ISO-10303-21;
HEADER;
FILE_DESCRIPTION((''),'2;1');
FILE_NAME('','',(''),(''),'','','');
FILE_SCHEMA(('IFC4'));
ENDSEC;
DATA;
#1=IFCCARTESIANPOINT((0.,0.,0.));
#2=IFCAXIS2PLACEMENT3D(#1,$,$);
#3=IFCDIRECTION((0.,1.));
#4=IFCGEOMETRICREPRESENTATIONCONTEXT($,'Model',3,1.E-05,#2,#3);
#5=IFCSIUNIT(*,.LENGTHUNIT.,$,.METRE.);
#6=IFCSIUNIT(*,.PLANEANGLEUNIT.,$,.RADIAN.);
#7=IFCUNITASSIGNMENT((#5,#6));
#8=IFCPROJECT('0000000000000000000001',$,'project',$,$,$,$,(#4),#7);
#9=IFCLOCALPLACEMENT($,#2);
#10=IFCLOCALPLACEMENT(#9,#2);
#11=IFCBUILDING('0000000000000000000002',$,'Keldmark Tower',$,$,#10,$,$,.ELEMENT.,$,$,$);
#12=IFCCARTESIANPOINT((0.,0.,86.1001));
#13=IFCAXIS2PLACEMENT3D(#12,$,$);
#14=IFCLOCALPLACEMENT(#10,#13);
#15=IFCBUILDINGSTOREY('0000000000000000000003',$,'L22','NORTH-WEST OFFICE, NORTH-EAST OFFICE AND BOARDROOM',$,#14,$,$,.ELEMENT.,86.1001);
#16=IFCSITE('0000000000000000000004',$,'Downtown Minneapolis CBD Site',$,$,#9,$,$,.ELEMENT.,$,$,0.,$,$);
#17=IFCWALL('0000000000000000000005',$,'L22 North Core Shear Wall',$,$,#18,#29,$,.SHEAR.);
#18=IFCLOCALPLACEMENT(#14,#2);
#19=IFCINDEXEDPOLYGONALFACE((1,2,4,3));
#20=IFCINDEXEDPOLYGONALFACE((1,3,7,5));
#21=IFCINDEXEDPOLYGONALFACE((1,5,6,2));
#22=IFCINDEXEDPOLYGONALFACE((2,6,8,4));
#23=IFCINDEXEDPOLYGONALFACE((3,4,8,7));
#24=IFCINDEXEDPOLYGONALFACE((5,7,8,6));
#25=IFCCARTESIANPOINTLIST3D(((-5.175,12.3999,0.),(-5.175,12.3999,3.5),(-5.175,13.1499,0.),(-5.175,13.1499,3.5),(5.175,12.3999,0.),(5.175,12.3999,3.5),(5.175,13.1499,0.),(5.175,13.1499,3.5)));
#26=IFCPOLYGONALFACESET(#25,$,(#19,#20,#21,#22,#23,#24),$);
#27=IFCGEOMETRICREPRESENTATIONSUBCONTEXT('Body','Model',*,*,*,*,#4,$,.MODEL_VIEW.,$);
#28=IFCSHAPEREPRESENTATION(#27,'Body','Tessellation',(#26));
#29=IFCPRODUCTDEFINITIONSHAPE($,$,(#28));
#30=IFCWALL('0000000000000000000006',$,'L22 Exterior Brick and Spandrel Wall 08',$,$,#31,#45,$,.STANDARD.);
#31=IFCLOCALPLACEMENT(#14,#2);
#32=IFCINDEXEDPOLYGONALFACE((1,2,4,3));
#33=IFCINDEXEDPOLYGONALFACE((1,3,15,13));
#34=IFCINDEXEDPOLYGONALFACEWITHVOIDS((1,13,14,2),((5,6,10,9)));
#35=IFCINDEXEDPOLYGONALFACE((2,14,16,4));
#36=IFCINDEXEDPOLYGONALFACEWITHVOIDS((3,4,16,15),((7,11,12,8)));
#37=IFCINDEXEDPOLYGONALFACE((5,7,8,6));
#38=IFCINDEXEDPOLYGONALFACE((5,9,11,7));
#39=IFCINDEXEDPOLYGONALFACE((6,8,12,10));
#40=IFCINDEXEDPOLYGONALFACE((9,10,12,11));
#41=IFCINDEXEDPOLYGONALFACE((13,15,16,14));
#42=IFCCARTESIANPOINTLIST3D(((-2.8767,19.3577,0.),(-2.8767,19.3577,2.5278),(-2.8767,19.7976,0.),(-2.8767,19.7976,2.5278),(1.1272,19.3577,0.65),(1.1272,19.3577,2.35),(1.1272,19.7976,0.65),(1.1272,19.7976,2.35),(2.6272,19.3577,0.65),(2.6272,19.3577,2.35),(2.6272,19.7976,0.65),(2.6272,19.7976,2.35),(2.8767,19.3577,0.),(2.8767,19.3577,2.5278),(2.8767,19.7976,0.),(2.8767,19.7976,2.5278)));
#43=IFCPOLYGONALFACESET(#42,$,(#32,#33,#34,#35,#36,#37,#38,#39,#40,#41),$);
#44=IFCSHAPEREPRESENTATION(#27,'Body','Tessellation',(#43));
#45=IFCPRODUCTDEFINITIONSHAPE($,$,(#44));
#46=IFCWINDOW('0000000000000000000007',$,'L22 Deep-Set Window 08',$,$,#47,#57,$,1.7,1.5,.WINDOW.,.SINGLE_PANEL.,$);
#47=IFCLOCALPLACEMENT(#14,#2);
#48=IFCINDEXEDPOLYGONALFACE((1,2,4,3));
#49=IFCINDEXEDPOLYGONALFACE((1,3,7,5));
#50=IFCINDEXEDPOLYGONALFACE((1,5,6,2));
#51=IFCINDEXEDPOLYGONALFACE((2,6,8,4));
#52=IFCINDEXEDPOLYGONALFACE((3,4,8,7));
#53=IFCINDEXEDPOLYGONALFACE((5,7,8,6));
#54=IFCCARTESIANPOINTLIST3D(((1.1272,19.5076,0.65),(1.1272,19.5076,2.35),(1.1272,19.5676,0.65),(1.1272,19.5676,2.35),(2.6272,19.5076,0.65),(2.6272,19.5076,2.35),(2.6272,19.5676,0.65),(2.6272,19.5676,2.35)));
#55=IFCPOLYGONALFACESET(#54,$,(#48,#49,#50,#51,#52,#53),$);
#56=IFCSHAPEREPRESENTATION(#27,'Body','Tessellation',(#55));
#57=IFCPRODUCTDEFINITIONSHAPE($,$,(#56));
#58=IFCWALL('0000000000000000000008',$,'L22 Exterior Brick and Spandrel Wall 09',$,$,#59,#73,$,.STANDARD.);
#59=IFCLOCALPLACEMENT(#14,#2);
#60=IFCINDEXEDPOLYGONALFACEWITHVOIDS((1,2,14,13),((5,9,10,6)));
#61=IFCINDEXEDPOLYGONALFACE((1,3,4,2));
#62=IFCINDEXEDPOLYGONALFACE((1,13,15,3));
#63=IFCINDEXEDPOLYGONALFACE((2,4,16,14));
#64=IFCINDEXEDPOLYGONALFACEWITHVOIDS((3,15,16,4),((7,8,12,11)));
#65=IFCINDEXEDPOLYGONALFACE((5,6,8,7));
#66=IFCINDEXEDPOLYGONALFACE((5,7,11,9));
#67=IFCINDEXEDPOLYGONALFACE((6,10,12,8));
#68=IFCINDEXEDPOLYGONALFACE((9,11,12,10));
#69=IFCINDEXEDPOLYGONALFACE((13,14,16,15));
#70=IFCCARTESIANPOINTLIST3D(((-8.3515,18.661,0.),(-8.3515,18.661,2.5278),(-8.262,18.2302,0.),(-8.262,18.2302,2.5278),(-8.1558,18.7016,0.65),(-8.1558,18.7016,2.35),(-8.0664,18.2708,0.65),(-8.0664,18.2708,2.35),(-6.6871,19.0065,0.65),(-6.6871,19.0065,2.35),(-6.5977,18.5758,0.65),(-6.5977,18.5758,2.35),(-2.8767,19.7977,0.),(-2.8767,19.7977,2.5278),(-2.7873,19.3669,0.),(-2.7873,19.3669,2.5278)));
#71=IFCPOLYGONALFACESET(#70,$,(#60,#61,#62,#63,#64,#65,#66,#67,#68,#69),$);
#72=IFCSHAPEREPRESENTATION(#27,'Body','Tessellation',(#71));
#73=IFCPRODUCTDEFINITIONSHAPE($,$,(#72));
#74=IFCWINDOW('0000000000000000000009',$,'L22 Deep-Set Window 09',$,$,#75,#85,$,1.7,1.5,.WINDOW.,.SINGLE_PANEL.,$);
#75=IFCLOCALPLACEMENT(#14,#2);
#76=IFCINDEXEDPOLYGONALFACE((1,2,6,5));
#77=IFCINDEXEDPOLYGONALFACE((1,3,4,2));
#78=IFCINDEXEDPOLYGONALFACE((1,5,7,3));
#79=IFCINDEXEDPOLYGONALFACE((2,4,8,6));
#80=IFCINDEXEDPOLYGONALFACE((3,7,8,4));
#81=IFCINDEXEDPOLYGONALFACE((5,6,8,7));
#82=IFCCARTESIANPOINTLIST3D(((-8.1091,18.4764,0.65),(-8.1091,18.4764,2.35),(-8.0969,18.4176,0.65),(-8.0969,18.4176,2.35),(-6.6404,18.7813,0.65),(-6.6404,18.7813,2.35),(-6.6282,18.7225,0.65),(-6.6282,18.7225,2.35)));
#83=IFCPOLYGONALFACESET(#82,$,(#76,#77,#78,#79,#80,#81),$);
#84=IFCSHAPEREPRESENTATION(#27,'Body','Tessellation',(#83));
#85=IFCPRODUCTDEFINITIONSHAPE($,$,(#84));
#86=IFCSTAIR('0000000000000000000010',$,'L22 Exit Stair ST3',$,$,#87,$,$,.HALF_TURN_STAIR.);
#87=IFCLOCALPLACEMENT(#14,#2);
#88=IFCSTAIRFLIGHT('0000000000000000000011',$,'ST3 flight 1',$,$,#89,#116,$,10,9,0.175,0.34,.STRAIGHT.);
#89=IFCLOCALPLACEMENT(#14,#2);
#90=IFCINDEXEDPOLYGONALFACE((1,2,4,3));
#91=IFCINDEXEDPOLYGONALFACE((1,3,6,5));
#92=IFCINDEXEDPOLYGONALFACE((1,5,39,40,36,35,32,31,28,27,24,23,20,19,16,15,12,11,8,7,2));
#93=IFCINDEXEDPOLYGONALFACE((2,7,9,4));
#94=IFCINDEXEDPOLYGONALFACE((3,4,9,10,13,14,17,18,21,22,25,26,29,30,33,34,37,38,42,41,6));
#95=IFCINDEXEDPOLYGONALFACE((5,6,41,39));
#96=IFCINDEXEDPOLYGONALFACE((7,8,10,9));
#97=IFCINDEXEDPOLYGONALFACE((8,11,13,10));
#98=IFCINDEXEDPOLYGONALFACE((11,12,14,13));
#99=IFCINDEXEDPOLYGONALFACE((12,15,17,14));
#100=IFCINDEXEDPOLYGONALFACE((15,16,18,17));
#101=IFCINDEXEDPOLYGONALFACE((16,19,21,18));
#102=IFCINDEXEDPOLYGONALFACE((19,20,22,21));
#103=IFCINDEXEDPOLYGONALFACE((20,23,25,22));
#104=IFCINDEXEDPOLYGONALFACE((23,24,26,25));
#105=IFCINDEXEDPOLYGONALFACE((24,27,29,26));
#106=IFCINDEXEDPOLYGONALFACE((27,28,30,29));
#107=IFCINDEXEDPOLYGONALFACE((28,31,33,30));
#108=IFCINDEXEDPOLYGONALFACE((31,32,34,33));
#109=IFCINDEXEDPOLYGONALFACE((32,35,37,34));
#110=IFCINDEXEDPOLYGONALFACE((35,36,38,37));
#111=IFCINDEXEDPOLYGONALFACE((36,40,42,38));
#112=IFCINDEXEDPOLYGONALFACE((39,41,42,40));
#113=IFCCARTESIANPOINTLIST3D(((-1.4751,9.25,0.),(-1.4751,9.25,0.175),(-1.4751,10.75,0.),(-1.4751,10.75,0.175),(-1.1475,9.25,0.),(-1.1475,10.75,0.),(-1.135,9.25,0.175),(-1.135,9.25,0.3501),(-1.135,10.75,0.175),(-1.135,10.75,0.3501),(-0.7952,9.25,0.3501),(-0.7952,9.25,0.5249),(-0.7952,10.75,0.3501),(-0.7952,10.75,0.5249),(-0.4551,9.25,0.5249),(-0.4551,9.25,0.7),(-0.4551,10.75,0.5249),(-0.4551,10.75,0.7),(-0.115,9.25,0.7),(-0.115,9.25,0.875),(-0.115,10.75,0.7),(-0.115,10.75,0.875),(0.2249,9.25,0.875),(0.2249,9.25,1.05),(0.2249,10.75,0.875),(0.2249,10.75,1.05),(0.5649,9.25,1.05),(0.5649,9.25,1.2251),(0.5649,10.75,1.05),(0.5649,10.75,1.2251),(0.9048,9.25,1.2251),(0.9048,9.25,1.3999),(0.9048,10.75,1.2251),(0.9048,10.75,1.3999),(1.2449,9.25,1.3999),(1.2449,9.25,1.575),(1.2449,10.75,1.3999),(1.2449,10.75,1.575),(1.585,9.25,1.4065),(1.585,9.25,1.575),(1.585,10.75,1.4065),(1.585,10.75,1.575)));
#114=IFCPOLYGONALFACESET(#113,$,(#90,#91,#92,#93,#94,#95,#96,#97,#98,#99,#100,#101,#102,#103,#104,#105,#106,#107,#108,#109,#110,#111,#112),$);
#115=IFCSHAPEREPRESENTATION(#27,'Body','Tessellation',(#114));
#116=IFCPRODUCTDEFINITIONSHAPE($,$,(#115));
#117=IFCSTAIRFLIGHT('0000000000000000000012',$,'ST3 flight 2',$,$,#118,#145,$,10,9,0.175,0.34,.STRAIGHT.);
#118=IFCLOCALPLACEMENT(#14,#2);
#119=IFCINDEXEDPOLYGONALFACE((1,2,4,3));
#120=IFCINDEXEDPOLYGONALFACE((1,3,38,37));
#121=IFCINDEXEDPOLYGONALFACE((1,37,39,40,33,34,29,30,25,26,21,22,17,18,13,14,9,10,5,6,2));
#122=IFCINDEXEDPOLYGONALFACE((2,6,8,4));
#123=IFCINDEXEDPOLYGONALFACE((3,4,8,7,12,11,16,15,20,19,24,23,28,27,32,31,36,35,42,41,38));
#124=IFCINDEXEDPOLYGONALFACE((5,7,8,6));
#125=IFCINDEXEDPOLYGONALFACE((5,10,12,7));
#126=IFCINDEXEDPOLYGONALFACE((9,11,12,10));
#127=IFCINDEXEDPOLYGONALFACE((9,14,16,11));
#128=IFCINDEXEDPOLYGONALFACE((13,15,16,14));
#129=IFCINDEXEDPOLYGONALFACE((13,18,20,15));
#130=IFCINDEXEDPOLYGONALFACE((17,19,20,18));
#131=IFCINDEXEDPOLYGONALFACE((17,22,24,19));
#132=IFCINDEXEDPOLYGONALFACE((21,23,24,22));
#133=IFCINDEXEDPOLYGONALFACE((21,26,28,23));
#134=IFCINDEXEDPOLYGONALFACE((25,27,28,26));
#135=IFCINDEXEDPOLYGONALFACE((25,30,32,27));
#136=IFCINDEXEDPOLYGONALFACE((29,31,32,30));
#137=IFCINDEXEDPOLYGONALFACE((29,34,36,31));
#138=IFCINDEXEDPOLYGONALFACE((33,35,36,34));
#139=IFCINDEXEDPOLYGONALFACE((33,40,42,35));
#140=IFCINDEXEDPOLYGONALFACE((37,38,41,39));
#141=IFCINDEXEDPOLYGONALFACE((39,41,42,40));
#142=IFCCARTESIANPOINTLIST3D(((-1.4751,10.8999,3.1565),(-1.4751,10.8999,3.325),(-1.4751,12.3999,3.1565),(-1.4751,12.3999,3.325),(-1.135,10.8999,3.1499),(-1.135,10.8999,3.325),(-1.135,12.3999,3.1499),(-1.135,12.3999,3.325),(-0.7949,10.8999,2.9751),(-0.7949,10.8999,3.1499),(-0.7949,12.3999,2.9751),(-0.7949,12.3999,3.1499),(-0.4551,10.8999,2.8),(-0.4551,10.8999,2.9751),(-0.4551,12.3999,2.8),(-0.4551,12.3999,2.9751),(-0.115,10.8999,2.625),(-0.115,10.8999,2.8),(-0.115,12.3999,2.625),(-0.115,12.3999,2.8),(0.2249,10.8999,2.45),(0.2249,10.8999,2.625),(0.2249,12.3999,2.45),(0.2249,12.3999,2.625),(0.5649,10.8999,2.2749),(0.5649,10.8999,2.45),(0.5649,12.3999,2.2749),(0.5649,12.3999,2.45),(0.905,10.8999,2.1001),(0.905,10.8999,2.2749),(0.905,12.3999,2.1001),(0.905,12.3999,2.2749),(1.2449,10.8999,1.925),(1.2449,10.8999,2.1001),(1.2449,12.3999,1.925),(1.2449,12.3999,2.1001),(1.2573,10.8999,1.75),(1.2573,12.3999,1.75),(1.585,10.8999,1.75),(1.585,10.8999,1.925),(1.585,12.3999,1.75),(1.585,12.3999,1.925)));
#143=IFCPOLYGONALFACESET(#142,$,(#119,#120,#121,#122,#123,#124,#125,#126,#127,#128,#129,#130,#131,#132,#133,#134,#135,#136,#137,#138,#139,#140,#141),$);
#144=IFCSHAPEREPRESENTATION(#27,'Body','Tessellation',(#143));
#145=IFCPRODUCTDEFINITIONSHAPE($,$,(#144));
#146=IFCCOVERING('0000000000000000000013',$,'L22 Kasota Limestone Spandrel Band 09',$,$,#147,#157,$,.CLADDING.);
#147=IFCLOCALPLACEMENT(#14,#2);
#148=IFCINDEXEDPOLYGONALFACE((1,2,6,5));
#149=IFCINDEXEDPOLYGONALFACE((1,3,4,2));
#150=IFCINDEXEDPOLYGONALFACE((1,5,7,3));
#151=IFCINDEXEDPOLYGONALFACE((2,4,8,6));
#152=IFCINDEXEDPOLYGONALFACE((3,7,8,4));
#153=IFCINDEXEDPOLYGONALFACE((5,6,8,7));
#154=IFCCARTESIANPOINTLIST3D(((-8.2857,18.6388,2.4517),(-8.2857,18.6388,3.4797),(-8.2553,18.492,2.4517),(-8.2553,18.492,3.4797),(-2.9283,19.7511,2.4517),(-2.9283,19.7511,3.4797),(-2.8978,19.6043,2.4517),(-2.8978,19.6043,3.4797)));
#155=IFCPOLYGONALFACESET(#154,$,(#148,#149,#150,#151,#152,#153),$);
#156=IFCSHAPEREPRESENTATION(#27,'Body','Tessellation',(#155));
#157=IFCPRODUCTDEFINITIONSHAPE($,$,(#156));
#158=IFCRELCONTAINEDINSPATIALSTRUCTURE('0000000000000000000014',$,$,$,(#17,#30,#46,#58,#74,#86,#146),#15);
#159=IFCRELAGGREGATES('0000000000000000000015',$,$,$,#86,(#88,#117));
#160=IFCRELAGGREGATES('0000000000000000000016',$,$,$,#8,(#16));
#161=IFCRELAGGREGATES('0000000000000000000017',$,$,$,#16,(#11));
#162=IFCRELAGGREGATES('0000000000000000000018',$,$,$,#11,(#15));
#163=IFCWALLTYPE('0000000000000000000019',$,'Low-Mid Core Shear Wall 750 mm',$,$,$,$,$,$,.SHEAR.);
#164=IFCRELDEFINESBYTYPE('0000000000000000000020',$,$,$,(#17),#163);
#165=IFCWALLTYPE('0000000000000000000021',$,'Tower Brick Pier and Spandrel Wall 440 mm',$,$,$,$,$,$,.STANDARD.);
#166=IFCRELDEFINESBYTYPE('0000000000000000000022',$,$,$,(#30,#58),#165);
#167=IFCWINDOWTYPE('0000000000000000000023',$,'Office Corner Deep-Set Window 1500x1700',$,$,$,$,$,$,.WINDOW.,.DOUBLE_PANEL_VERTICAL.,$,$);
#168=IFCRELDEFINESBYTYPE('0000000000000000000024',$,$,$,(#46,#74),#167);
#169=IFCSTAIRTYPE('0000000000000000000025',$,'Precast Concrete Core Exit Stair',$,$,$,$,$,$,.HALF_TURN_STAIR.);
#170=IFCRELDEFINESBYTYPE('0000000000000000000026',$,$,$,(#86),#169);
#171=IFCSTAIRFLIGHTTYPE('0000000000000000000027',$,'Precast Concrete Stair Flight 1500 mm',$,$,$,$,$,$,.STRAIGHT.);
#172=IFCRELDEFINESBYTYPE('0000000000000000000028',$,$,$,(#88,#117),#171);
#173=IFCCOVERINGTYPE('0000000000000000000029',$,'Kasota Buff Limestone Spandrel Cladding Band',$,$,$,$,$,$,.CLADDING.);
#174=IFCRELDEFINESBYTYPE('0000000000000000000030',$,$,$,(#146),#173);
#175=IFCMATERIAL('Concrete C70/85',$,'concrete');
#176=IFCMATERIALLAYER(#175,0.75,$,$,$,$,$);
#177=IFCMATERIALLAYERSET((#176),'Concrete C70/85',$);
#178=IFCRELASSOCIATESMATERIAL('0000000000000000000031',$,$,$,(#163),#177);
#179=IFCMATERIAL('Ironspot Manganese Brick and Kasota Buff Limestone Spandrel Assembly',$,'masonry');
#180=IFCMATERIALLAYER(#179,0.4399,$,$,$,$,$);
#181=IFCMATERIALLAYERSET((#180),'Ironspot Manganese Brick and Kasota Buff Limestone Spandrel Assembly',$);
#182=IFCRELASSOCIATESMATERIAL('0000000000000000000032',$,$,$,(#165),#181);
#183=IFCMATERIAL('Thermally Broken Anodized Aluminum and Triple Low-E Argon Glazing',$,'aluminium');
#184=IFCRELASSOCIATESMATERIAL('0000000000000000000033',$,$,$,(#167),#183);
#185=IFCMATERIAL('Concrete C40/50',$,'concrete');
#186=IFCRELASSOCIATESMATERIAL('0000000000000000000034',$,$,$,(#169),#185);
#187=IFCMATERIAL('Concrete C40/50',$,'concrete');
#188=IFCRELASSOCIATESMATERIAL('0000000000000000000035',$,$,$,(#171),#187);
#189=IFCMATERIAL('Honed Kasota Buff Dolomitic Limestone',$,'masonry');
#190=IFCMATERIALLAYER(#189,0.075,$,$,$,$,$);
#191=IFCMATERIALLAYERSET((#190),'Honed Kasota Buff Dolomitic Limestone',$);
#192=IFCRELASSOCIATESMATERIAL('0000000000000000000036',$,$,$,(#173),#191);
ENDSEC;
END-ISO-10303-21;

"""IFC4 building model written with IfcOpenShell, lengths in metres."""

from ifc_helpers import new_model, si_unit, direction, frame, frame_2d, origin, origin_2d, place, context, subcontext, project, spatial, polyline, rectangle, outline, extrude, material, layer, layer_set, type_object, element, fill, aggregate, save


model = new_model("IFC4")

# Units and contexts
model_context = context("Model", 3, precision=1e-05, world=origin(), true_north=direction((0.0, 1.0)))
body_context = subcontext(model_context, "Body", "Model", "MODEL_VIEW")
ifc_project = project(units=[si_unit("LENGTHUNIT", "METRE"), si_unit("PLANEANGLEUNIT", "RADIAN")], contexts=[model_context])

# Site, building, storey
site_placement = place(None, origin())
site = spatial("IfcSite", under=ifc_project, at=site_placement, Name="Downtown Minneapolis CBD Site", CompositionType="ELEMENT", RefElevation=0.0)
building_placement = place(site_placement, origin())
building = spatial("IfcBuilding", under=site, at=building_placement, Name="Keldmark Tower", CompositionType="ELEMENT")
storey_placement = place(building_placement, frame((0.0, 0.0, 86.1001)))
storey = spatial("IfcBuildingStorey", under=building, at=storey_placement, Name="L22", Description="NORTH-WEST OFFICE, NORTH-EAST OFFICE AND BOARDROOM", CompositionType="ELEMENT", Elevation=86.1001)

# Wall
ifc_material_1 = material(Name="Concrete C70/85", Category="concrete")
ifc_layer_1 = layer(ifc_material_1, 0.75)
ifc_layer_set_1 = layer_set([ifc_layer_1], Name="Concrete C70/85")
wall_type_1 = type_object("IfcWallType", Name="Low-Mid Core Shear Wall 750 mm", PredefinedType="SHEAR", material=ifc_layer_set_1)
wall_1_placement = place(storey_placement, frame((-5.175, 12.7749, 0.0), z_axis=(0.0, 0.0, 1.0), x_axis=(1.0, 0.0, 0.0)))
element("IfcWall", 1, at=wall_1_placement, inside=storey, type_object=wall_type_1, Name="L22 North Core Shear Wall", PredefinedType="SHEAR", context=body_context, shape_type="SweptSolid", body=[
    extrude(rectangle(XDim=10.3501, YDim=0.75, at=frame_2d((5.175, 0.0))), origin(), (0.0, 0.0, 1.0), 3.5),
])

# Walls, openings, windows
ifc_material_2 = material(Name="Ironspot Manganese Brick and Kasota Buff Limestone Spandrel Assembly", Category="masonry")
ifc_layer_2 = layer(ifc_material_2, 0.4399)
ifc_layer_set_2 = layer_set([ifc_layer_2], Name="Ironspot Manganese Brick and Kasota Buff Limestone Spandrel Assembly")
wall_type_2 = type_object("IfcWallType", Name="Tower Brick Pier and Spandrel Wall 440 mm", PredefinedType="STANDARD", material=ifc_layer_set_2)
wall_2_placement = place(storey_placement, frame((-2.8767, 19.5776, 0.0), z_axis=(0.0, 0.0, 1.0), x_axis=(1.0, 0.0, 0.0)))
wall_2 = element("IfcWall", 2, at=wall_2_placement, inside=storey, type_object=wall_type_2, Name="L22 Exterior Brick and Spandrel Wall 08", PredefinedType="STANDARD", context=body_context, shape_type="SweptSolid", body=[
    extrude(rectangle(XDim=5.7534, YDim=0.4399, at=frame_2d((2.8767, 0.0))), origin(), (0.0, 0.0, 1.0), 2.5278),
])
opening_1_placement = place(wall_2_placement, frame((4.0039, 0.0, 0.6499)))
opening_1 = element("IfcOpeningElement", 3, at=opening_1_placement, cuts=wall_2, PredefinedType="OPENING", context=body_context, shape_type="SweptSolid", body=[
    extrude(rectangle(XDim=1.5, YDim=1.7, at=frame_2d((0.75, 0.8501))), frame((0.0, 0.23, 0.0), z_axis=(0.0, -1.0, 0.0), x_axis=(1.0, 0.0, 0.0)), (0.0, 0.0, 1.0), 0.46),
])
ifc_material_3 = material(Name="Thermally Broken Anodized Aluminum and Triple Low-E Argon Glazing", Category="aluminium")
window_type = type_object("IfcWindowType", Name="Office Corner Deep-Set Window 1500x1700", PartitioningType="DOUBLE_PANEL_VERTICAL", PredefinedType="WINDOW", material=ifc_material_3)
window_1_placement = place(opening_1_placement, origin())
window_1 = element("IfcWindow", 4, at=window_1_placement, inside=storey, type_object=window_type, Name="L22 Deep-Set Window 08", OverallHeight=1.7, OverallWidth=1.5, PartitioningType="SINGLE_PANEL", PredefinedType="WINDOW", context=body_context, shape_type="SweptSolid", body=[
    extrude(rectangle(XDim=1.5, YDim=1.7, at=frame_2d((0.75, 0.8501))), frame((0.0, -0.01, 0.0), z_axis=(0.0, -1.0, 0.0), x_axis=(1.0, 0.0, 0.0)), (0.0, 0.0, 1.0), 0.0601),
])
fill(opening_1, window_1)
wall_3_placement = place(storey_placement, frame((-8.3069, 18.4456, 0.0), z_axis=(0.0, 0.0, 1.0), x_axis=(0.979119, 0.20329, 0.0)))
wall_3 = element("IfcWall", 5, at=wall_3_placement, inside=storey, type_object=wall_type_2, Name="L22 Exterior Brick and Spandrel Wall 09", PredefinedType="STANDARD", context=body_context, shape_type="SweptSolid", body=[
    extrude(rectangle(XDim=5.5916, YDim=0.4399, at=frame_2d((2.7959, 0.0))), origin(), (0.0, 0.0, 1.0), 2.5278),
])
opening_2_placement = place(wall_3_placement, frame((0.2, 0.0, 0.6499)))
opening_2 = element("IfcOpeningElement", 6, at=opening_2_placement, cuts=wall_3, PredefinedType="OPENING", context=body_context, shape_type="SweptSolid", body=[
    extrude(rectangle(XDim=1.5, YDim=1.7, at=frame_2d((0.75, 0.8501))), frame((0.0, 0.23, 0.0), z_axis=(0.0, -1.0, 0.0), x_axis=(1.0, 0.0, 0.0)), (0.0, 0.0, 1.0), 0.46),
])
window_2_placement = place(opening_2_placement, origin())
window_2 = element("IfcWindow", 7, at=window_2_placement, inside=storey, type_object=window_type, Name="L22 Deep-Set Window 09", OverallHeight=1.7, OverallWidth=1.5, PartitioningType="SINGLE_PANEL", PredefinedType="WINDOW", context=body_context, shape_type="SweptSolid", body=[
    extrude(rectangle(XDim=1.5, YDim=1.7, at=frame_2d((0.75, 0.8501))), frame((0.0, -0.01, 0.0), z_axis=(0.0, -1.0, 0.0), x_axis=(1.0, 0.0, 0.0)), (0.0, 0.0, 1.0), 0.0601),
])
fill(opening_2, window_2)

# Stair, stair flights
ifc_material_4 = material(Name="Concrete C40/50", Category="concrete")
stair_type = type_object("IfcStairType", Name="Precast Concrete Core Exit Stair", PredefinedType="HALF_TURN_STAIR", material=ifc_material_4)
stair_placement = place(storey_placement, origin())
stair = element("IfcStair", 8, at=stair_placement, inside=storey, type_object=stair_type, Name="L22 Exit Stair ST3", PredefinedType="HALF_TURN_STAIR")
ifc_material_5 = material(Name="Concrete C40/50", Category="concrete")
stair_flight_type = type_object("IfcStairFlightType", Name="Precast Concrete Stair Flight 1500 mm", PredefinedType="STRAIGHT", material=ifc_material_5)
stair_flight_1_placement = place(storey_placement, frame((-1.4751, 10.0, 0.0), z_axis=(0.0, 0.0, 1.0), x_axis=(1.0, 0.0, 0.0)))
stair_flight_1 = element("IfcStairFlight", 9, at=stair_flight_1_placement, type_object=stair_flight_type, Name="ST3 flight 1", NumberOfRisers=10, NumberOfTreads=9, PredefinedType="STRAIGHT", RiserHeight=0.175, TreadLength=0.34, context=body_context, shape_type="SweptSolid", body=[
    extrude(outline(polyline([(0.0, 0.0), (0.0, 0.175), (0.3401, 0.175), (0.3401, 0.3501), (0.6799, 0.3501), (0.6799, 0.5249), (1.02, 0.5249), (1.02, 0.7), (1.3601, 0.7), (1.3601, 0.875), (1.7, 0.875), (1.7, 1.05), (2.04, 1.05), (2.04, 1.2251), (2.3799, 1.2251), (2.3799, 1.3999), (2.72, 1.3999), (2.72, 1.575), (3.0601, 1.575), (3.0601, 1.75), (3.0601, 1.4065), (0.3276, 0.0), (0.0, 0.0)])), frame((0.0, 0.75, 0.0), z_axis=(0.0, -1.0, 0.0), x_axis=(1.0, 0.0, 0.0)), (0.0, 0.0, 1.0), 1.5),
])
stair_flight_2_placement = place(storey_placement, frame((1.585, 11.6499, 1.75), z_axis=(0.0, 0.0, 1.0), x_axis=(-1.0, 0.0, 0.0)))
stair_flight_2 = element("IfcStairFlight", 10, at=stair_flight_2_placement, type_object=stair_flight_type, Name="ST3 flight 2", NumberOfRisers=10, NumberOfTreads=9, PredefinedType="STRAIGHT", RiserHeight=0.175, TreadLength=0.34, context=body_context, shape_type="SweptSolid", body=[
    extrude(outline(polyline([(0.0, 0.0), (0.0, 0.175), (0.3401, 0.175), (0.3401, 0.3501), (0.6799, 0.3501), (0.6799, 0.5249), (1.02, 0.5249), (1.02, 0.7), (1.3601, 0.7), (1.3601, 0.875), (1.7, 0.875), (1.7, 1.05), (2.04, 1.05), (2.04, 1.2251), (2.3799, 1.2251), (2.3799, 1.3999), (2.72, 1.3999), (2.72, 1.575), (3.0601, 1.575), (3.0601, 1.75), (3.0601, 1.4065), (0.3276, 0.0), (0.0, 0.0)])), frame((0.0, 0.75, 0.0), z_axis=(0.0, -1.0, 0.0), x_axis=(1.0, 0.0, 0.0)), (0.0, 0.0, 1.0), 1.5),
])
aggregate(stair, [stair_flight_1, stair_flight_2])

# Covering
ifc_material_6 = material(Name="Honed Kasota Buff Dolomitic Limestone", Category="masonry")
ifc_layer_3 = layer(ifc_material_6, 0.075)
ifc_layer_set_3 = layer_set([ifc_layer_3], Name="Honed Kasota Buff Dolomitic Limestone")
covering_type = type_object("IfcCoveringType", Name="Kasota Buff Limestone Spandrel Cladding Band", PredefinedType="CLADDING", material=ifc_layer_set_3)
covering_placement = place(storey_placement, frame((-5.5918, 19.1216, 2.4517), z_axis=(0.0, 0.0, 1.0), x_axis=(-0.97912, -0.203283, 0.0)))
element("IfcCovering", 11, at=covering_placement, inside=storey, type_object=covering_type, Name="L22 Kasota Limestone Spandrel Band 09", PredefinedType="CLADDING", context=body_context, shape_type="SweptSolid", body=[
    extrude(rectangle(XDim=5.4717, YDim=0.1499, at=origin_2d()), origin(), (0.0, 0.0, 1.0), 1.0281),
])

save(model, "model.ifc")
